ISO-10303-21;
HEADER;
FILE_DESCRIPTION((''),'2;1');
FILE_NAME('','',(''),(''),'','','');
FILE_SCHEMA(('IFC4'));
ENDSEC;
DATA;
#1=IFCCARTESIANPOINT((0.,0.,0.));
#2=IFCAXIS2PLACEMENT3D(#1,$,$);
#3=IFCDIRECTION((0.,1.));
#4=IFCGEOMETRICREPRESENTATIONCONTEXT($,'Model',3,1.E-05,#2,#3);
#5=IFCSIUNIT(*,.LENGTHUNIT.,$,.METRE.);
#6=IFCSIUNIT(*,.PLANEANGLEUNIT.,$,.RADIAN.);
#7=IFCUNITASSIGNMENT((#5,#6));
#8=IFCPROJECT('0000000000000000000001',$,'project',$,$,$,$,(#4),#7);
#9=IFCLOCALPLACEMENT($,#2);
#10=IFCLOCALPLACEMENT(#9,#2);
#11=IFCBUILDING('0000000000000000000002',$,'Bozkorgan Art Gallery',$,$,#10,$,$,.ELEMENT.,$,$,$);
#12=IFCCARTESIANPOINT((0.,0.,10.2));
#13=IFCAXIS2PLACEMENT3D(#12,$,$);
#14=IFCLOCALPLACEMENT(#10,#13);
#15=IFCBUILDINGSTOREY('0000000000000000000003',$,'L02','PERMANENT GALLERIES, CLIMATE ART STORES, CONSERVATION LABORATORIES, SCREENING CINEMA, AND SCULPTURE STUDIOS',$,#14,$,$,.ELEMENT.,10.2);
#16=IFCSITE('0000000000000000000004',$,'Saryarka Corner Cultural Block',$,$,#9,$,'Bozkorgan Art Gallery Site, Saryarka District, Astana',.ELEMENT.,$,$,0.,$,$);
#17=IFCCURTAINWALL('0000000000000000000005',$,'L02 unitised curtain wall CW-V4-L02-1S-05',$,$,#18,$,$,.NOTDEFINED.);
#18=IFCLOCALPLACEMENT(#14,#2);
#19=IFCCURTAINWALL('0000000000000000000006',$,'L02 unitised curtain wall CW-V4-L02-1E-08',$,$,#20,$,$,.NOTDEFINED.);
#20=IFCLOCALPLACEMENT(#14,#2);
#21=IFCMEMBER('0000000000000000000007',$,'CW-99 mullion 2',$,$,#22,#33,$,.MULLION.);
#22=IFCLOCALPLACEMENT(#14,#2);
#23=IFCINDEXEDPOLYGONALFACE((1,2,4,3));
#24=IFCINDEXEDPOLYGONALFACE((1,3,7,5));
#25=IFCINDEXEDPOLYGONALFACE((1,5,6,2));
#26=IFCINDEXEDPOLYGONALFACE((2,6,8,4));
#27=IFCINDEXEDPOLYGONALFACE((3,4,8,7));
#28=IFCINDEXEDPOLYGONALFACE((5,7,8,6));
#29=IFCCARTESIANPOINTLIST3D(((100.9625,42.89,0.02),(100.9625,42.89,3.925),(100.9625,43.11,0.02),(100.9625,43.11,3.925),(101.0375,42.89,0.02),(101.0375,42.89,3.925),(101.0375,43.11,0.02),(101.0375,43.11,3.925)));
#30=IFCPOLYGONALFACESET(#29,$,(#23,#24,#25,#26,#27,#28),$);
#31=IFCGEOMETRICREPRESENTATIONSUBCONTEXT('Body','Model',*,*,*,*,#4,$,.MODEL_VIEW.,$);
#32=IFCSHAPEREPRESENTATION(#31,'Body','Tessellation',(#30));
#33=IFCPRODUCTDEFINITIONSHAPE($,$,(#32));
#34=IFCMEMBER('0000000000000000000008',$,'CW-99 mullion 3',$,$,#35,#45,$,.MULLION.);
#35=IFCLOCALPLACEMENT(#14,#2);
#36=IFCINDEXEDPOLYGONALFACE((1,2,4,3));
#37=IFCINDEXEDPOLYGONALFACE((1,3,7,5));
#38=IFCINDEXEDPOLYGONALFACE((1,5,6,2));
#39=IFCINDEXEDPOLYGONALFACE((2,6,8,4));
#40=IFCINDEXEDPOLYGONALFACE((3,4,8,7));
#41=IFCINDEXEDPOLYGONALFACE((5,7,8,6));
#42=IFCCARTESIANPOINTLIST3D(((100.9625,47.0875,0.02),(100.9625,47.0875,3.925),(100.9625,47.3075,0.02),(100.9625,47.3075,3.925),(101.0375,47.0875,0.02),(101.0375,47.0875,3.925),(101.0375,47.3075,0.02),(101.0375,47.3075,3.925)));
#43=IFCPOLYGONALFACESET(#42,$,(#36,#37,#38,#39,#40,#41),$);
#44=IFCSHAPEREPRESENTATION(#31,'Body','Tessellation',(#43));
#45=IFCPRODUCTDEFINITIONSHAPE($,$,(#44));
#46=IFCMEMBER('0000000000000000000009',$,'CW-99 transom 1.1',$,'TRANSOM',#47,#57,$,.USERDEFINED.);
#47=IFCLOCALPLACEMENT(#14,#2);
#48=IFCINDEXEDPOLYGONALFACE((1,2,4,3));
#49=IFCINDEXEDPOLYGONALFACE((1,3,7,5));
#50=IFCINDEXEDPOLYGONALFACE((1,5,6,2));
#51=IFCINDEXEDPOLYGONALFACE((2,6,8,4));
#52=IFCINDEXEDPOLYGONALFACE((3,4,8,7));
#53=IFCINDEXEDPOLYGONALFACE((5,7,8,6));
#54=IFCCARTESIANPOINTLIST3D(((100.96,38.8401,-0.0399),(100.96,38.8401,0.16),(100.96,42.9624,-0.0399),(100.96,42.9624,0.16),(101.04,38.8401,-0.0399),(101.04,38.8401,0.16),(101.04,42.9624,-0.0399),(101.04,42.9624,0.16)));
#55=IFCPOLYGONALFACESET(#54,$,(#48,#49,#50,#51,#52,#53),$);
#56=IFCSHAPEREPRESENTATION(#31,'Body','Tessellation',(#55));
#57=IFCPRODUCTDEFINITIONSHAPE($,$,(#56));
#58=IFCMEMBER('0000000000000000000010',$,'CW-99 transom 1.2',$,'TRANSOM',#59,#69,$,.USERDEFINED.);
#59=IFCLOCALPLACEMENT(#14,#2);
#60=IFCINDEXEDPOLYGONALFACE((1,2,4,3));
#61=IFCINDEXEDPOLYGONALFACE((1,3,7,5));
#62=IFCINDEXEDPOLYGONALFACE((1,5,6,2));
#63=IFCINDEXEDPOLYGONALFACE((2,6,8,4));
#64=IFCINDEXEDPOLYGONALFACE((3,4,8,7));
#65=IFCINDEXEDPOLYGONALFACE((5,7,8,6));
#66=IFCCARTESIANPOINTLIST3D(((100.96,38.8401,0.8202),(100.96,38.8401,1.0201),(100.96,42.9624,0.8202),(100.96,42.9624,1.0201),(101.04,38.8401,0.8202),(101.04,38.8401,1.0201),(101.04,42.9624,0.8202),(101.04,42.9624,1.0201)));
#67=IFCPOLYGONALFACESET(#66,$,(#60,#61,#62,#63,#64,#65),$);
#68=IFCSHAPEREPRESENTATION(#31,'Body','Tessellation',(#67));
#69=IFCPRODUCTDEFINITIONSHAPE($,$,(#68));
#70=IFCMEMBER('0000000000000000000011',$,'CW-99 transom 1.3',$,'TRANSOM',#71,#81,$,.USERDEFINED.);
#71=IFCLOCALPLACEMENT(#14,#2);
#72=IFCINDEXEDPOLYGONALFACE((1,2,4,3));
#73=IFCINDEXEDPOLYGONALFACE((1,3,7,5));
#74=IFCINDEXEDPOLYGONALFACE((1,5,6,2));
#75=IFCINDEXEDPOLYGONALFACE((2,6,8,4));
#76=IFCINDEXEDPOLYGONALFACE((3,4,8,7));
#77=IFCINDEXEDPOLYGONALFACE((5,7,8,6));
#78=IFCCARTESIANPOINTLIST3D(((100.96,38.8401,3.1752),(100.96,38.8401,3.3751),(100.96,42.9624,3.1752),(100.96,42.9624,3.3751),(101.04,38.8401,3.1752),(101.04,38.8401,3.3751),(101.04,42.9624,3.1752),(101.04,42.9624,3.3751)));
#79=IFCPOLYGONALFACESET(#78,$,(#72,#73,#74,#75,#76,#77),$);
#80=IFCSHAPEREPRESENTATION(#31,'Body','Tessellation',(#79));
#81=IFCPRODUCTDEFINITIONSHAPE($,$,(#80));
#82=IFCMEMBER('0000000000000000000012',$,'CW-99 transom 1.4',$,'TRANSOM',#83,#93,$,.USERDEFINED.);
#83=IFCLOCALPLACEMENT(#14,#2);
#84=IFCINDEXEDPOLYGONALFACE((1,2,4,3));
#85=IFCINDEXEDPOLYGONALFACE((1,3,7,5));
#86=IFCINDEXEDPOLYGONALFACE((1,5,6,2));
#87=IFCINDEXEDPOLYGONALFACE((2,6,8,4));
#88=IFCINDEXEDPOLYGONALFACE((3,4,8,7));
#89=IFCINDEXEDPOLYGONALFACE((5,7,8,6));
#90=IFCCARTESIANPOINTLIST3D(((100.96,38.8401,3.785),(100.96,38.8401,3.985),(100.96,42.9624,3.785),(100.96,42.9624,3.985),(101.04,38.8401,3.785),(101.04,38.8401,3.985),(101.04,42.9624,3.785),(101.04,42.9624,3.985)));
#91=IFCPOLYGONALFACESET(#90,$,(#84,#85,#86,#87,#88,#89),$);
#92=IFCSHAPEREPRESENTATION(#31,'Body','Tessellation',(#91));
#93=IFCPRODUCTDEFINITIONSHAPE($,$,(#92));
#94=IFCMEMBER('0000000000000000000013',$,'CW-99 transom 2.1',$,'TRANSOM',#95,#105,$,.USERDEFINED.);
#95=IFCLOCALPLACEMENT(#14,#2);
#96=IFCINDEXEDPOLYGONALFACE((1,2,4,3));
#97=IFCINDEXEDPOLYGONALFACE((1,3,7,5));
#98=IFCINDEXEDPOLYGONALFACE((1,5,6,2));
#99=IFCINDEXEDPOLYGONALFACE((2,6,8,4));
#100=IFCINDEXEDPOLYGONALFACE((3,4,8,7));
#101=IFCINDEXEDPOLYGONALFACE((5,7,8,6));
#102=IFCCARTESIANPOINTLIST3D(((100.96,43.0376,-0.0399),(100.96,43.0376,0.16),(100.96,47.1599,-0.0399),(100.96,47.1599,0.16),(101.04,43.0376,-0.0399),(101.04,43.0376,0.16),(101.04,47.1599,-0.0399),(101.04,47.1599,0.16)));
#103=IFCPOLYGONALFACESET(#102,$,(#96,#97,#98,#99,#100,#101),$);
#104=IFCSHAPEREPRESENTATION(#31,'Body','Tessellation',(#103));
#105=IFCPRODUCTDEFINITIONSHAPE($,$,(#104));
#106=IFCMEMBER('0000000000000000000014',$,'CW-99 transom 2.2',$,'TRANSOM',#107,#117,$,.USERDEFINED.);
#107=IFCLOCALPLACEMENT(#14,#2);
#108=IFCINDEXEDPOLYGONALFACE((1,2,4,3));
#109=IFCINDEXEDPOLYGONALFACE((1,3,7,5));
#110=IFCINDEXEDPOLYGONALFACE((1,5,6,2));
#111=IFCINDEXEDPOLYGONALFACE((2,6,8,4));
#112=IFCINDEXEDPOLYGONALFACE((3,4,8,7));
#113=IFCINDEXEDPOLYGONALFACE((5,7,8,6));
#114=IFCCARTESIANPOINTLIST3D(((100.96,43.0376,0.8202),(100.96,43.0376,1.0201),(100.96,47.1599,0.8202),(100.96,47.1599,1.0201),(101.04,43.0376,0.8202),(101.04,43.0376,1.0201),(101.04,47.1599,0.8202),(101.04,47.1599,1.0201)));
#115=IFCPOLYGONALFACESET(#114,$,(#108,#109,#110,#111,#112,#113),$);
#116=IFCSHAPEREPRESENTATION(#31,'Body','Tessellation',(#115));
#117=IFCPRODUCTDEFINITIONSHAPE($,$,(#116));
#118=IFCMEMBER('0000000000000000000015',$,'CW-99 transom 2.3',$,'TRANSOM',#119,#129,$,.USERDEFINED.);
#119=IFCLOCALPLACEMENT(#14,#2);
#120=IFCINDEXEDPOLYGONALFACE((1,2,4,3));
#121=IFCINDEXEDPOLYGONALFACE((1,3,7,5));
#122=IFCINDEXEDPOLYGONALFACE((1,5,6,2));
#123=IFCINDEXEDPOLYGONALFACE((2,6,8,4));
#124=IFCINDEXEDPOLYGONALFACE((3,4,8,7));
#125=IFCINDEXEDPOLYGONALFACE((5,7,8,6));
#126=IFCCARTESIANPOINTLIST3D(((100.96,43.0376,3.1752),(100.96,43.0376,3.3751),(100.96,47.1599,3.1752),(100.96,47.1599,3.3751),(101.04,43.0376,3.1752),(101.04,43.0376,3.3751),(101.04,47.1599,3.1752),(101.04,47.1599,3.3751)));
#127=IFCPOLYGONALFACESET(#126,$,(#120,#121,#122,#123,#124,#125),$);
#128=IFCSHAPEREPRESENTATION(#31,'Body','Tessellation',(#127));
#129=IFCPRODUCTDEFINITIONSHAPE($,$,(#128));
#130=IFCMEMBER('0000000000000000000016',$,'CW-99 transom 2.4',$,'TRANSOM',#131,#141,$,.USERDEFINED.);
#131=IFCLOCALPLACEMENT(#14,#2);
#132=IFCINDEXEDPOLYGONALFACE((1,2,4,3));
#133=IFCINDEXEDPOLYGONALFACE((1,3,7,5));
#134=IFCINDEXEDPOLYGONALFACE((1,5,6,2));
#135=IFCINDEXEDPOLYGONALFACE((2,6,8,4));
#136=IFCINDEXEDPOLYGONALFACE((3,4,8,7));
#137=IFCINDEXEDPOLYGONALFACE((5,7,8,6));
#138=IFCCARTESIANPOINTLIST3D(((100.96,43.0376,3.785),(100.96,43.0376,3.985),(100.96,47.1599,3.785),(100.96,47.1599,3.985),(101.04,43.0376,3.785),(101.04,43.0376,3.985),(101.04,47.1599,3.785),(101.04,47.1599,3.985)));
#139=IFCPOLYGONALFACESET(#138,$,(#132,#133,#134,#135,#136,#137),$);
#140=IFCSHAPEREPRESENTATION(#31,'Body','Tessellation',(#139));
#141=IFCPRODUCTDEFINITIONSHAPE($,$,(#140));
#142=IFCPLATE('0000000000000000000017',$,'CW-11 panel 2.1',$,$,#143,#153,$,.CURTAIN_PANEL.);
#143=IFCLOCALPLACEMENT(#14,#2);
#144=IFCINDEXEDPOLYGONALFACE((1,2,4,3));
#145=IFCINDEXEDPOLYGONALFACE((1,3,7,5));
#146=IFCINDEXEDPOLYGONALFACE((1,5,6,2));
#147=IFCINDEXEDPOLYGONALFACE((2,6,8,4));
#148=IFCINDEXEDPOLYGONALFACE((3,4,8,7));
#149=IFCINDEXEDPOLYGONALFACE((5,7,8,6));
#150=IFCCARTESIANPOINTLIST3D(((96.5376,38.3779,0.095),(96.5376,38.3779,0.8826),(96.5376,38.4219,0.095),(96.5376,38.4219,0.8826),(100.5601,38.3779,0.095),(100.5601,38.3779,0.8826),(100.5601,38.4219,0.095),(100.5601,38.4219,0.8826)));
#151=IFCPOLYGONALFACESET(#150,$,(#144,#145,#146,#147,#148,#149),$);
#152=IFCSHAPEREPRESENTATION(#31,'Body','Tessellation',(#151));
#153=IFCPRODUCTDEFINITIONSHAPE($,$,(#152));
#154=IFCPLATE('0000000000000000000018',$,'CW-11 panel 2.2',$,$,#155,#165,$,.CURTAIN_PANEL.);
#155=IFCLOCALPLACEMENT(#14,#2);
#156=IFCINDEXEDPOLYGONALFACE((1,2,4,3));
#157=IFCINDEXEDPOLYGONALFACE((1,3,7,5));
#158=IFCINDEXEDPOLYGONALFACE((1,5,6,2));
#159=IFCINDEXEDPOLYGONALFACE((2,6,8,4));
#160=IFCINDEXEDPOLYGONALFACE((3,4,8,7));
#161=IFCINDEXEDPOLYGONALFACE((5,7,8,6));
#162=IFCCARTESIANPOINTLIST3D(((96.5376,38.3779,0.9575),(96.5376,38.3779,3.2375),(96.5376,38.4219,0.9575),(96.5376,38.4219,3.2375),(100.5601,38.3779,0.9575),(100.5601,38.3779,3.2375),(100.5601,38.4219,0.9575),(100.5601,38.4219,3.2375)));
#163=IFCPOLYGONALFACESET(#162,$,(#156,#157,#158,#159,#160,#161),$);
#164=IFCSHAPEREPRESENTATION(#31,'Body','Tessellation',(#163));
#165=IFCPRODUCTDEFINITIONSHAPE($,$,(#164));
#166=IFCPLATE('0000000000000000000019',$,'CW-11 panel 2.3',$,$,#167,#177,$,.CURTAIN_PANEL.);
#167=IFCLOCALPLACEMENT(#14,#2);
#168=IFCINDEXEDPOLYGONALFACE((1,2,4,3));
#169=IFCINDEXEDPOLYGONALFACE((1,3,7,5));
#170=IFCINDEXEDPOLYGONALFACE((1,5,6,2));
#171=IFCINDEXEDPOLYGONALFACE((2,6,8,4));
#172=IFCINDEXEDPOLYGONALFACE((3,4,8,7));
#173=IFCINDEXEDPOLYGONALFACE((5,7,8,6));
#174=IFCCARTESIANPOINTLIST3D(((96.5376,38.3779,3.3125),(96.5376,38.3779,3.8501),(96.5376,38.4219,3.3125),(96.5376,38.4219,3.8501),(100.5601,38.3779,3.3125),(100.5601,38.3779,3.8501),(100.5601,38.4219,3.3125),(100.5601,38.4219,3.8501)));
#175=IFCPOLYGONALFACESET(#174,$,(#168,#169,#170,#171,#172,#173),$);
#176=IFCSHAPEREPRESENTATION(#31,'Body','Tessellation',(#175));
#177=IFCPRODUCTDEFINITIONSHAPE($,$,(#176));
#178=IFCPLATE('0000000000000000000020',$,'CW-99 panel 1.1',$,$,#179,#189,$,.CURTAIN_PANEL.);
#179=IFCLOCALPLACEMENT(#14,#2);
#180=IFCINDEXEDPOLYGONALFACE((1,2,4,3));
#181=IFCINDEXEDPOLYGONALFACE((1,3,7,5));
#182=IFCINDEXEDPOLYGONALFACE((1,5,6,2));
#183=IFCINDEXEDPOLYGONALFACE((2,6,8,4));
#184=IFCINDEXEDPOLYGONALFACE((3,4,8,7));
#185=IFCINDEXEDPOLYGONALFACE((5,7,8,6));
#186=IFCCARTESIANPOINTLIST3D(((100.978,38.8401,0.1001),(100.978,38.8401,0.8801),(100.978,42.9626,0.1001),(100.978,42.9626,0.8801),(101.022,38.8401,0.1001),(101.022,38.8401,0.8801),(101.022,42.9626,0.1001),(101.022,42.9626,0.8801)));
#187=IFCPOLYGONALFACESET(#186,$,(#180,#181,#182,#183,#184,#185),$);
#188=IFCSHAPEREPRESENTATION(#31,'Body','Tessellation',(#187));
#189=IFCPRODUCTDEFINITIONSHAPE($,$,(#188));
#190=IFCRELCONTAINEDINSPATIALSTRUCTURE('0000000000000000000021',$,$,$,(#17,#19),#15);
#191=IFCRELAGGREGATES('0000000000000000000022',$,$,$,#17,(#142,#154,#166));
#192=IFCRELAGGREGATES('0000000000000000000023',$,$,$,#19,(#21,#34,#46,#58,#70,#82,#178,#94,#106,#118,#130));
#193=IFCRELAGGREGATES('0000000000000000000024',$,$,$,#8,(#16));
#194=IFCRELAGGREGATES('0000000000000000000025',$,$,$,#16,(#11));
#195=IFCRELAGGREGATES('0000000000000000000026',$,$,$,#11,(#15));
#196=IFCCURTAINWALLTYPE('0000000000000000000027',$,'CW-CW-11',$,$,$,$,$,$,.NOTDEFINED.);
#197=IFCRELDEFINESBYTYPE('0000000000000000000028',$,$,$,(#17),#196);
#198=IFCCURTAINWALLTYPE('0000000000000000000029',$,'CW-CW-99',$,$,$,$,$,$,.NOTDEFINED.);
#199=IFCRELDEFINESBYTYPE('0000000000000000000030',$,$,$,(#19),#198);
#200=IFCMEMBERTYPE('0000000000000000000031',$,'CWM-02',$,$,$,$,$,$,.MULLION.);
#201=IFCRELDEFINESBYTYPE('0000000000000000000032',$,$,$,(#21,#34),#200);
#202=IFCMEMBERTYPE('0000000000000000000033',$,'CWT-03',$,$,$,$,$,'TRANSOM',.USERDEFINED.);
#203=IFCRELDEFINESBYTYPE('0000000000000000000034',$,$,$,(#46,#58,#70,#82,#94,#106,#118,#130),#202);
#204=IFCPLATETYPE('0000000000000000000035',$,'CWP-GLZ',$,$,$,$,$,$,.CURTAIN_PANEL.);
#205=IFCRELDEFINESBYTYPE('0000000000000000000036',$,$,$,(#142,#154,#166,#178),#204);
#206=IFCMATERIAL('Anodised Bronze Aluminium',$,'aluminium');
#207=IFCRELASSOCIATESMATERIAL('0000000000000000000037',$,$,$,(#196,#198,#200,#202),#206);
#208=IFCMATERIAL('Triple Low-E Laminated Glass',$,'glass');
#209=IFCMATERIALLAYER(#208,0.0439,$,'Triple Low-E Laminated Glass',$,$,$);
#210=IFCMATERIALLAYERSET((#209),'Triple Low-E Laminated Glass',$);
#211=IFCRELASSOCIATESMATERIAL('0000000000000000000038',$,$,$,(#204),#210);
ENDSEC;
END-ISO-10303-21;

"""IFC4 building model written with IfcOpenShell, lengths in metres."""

from ifc_helpers import new_model, si_unit, direction, frame, origin, origin_2d, place, context, subcontext, project, spatial, rectangle, extrude, material, layer, layer_set, material_profile, profile_set, type_object, element, aggregate, save


model = new_model("IFC4")

# Units and contexts
model_context = context("Model", 3, precision=1e-05, world=origin(), true_north=direction((0.0, 1.0)))
body_context = subcontext(model_context, "Body", "Model", "MODEL_VIEW")
ifc_project = project(units=[si_unit("LENGTHUNIT", "METRE"), si_unit("PLANEANGLEUNIT", "RADIAN")], contexts=[model_context])

# Site, building, storey
site_placement = place(None, origin())
site = spatial("IfcSite", under=ifc_project, at=site_placement, Name="Saryarka Corner Cultural Block", LongName="Bozkorgan Art Gallery Site, Saryarka District, Astana", CompositionType="ELEMENT", RefElevation=0.0)
building_placement = place(site_placement, origin())
building = spatial("IfcBuilding", under=site, at=building_placement, Name="Bozkorgan Art Gallery", CompositionType="ELEMENT")
storey_placement = place(building_placement, frame((0.0, 0.0, 10.2)))
storey = spatial("IfcBuildingStorey", under=building, at=storey_placement, Name="L02", Description="PERMANENT GALLERIES, CLIMATE ART STORES, CONSERVATION LABORATORIES, SCREENING CINEMA, AND SCULPTURE STUDIOS", CompositionType="ELEMENT", Elevation=10.2)

# Curtain wall
ifc_material_1 = material(Name="Anodised Bronze Aluminium", Category="aluminium")
curtain_wall_type_1 = type_object("IfcCurtainWallType", Name="CW-CW-11", PredefinedType="NOTDEFINED", material=ifc_material_1)
curtain_wall_1_placement = place(storey_placement, origin())
curtain_wall_1 = element("IfcCurtainWall", 1, at=curtain_wall_1_placement, inside=storey, type_object=curtain_wall_type_1, Name="L02 unitised curtain wall CW-V4-L02-1S-05", PredefinedType="NOTDEFINED")
ifc_material_profile_1 = material_profile(ifc_material_1, rectangle(XDim=0.075, YDim=0.22, at=origin_2d()), Name="ALU MULLION 75x220")
ifc_profile_set_1 = profile_set([ifc_material_profile_1], Name="Anodised Bronze Aluminium")
member_type_1 = type_object("IfcMemberType", Name="CWM-02", PredefinedType="MULLION", material=ifc_profile_set_1)

# Curtain wall, members
curtain_wall_type_2 = type_object("IfcCurtainWallType", Name="CW-CW-99", PredefinedType="NOTDEFINED", material=ifc_material_1)
curtain_wall_2_placement = place(storey_placement, origin())
curtain_wall_2 = element("IfcCurtainWall", 2, at=curtain_wall_2_placement, inside=storey, type_object=curtain_wall_type_2, Name="L02 unitised curtain wall CW-V4-L02-1E-08", PredefinedType="NOTDEFINED")
member_1_placement = place(storey_placement, frame((101.0, 43.0, 0.02), z_axis=(0.0, 0.0, 1.0), x_axis=(-1.0, 0.0, 0.0)))
member_1 = element("IfcMember", 3, at=member_1_placement, type_object=member_type_1, Name="CW-99 mullion 2", PredefinedType="MULLION", context=body_context, shape_type="SweptSolid", body=[
    extrude(rectangle(XDim=0.075, YDim=0.22, at=origin_2d()), origin(), (0.0, 0.0, 1.0), 3.905),
])
member_2_placement = place(storey_placement, frame((101.0, 47.1975, 0.02), z_axis=(0.0, 0.0, 1.0), x_axis=(-1.0, 0.0, 0.0)))
member_2 = element("IfcMember", 4, at=member_2_placement, type_object=member_type_1, Name="CW-99 mullion 3", PredefinedType="MULLION", context=body_context, shape_type="SweptSolid", body=[
    extrude(rectangle(XDim=0.075, YDim=0.22, at=origin_2d()), origin(), (0.0, 0.0, 1.0), 3.905),
])
ifc_material_profile_2 = material_profile(ifc_material_1, rectangle(XDim=0.0801, YDim=0.2, at=origin_2d()), Name="ALU TRANSOM 80x200")
ifc_profile_set_2 = profile_set([ifc_material_profile_2], Name="Anodised Bronze Aluminium")
member_type_2 = type_object("IfcMemberType", Name="CWT-03", ElementType="TRANSOM", PredefinedType="USERDEFINED", material=ifc_profile_set_2)
member_3_placement = place(storey_placement, frame((101.0, 38.8401, 0.0601), z_axis=(0.0, 1.0, 0.0), x_axis=(-1.0, 0.0, 0.0)))
member_3 = element("IfcMember", 5, at=member_3_placement, type_object=member_type_2, Name="CW-99 transom 1.1", ObjectType="TRANSOM", PredefinedType="USERDEFINED", context=body_context, shape_type="SweptSolid", body=[
    extrude(rectangle(XDim=0.0801, YDim=0.2, at=origin_2d()), origin(), (0.0, 0.0, 1.0), 4.1223),
])
member_4_placement = place(storey_placement, frame((101.0, 38.8401, 0.9202), z_axis=(0.0, 1.0, 0.0), x_axis=(-1.0, 0.0, 0.0)))
member_4 = element("IfcMember", 6, at=member_4_placement, type_object=member_type_2, Name="CW-99 transom 1.2", ObjectType="TRANSOM", PredefinedType="USERDEFINED", context=body_context, shape_type="SweptSolid", body=[
    extrude(rectangle(XDim=0.0801, YDim=0.2, at=origin_2d()), origin(), (0.0, 0.0, 1.0), 4.1223),
])
member_5_placement = place(storey_placement, frame((101.0, 38.8401, 3.2751), z_axis=(0.0, 1.0, 0.0), x_axis=(-1.0, 0.0, 0.0)))
member_5 = element("IfcMember", 7, at=member_5_placement, type_object=member_type_2, Name="CW-99 transom 1.3", ObjectType="TRANSOM", PredefinedType="USERDEFINED", context=body_context, shape_type="SweptSolid", body=[
    extrude(rectangle(XDim=0.0801, YDim=0.2, at=origin_2d()), origin(), (0.0, 0.0, 1.0), 4.1223),
])
member_6_placement = place(storey_placement, frame((101.0, 38.8401, 3.885), z_axis=(0.0, 1.0, 0.0), x_axis=(-1.0, 0.0, 0.0)))
member_6 = element("IfcMember", 8, at=member_6_placement, type_object=member_type_2, Name="CW-99 transom 1.4", ObjectType="TRANSOM", PredefinedType="USERDEFINED", context=body_context, shape_type="SweptSolid", body=[
    extrude(rectangle(XDim=0.0801, YDim=0.2, at=origin_2d()), origin(), (0.0, 0.0, 1.0), 4.1223),
])
member_7_placement = place(storey_placement, frame((101.0, 43.0376, 0.0601), z_axis=(0.0, 1.0, 0.0), x_axis=(-1.0, 0.0, 0.0)))
member_7 = element("IfcMember", 9, at=member_7_placement, type_object=member_type_2, Name="CW-99 transom 2.1", ObjectType="TRANSOM", PredefinedType="USERDEFINED", context=body_context, shape_type="SweptSolid", body=[
    extrude(rectangle(XDim=0.0801, YDim=0.2, at=origin_2d()), origin(), (0.0, 0.0, 1.0), 4.1223),
])
member_8_placement = place(storey_placement, frame((101.0, 43.0376, 0.9202), z_axis=(0.0, 1.0, 0.0), x_axis=(-1.0, 0.0, 0.0)))
member_8 = element("IfcMember", 10, at=member_8_placement, type_object=member_type_2, Name="CW-99 transom 2.2", ObjectType="TRANSOM", PredefinedType="USERDEFINED", context=body_context, shape_type="SweptSolid", body=[
    extrude(rectangle(XDim=0.0801, YDim=0.2, at=origin_2d()), origin(), (0.0, 0.0, 1.0), 4.1223),
])
member_9_placement = place(storey_placement, frame((101.0, 43.0376, 3.2751), z_axis=(0.0, 1.0, 0.0), x_axis=(-1.0, 0.0, 0.0)))
member_9 = element("IfcMember", 11, at=member_9_placement, type_object=member_type_2, Name="CW-99 transom 2.3", ObjectType="TRANSOM", PredefinedType="USERDEFINED", context=body_context, shape_type="SweptSolid", body=[
    extrude(rectangle(XDim=0.0801, YDim=0.2, at=origin_2d()), origin(), (0.0, 0.0, 1.0), 4.1223),
])
member_10_placement = place(storey_placement, frame((101.0, 43.0376, 3.885), z_axis=(0.0, 1.0, 0.0), x_axis=(-1.0, 0.0, 0.0)))
member_10 = element("IfcMember", 12, at=member_10_placement, type_object=member_type_2, Name="CW-99 transom 2.4", ObjectType="TRANSOM", PredefinedType="USERDEFINED", context=body_context, shape_type="SweptSolid", body=[
    extrude(rectangle(XDim=0.0801, YDim=0.2, at=origin_2d()), origin(), (0.0, 0.0, 1.0), 4.1223),
])

# Plates
ifc_material_2 = material(Name="Triple Low-E Laminated Glass", Category="glass")
ifc_layer_1 = layer(ifc_material_2, 0.0439, Name="Triple Low-E Laminated Glass")
ifc_layer_set_1 = layer_set([ifc_layer_1], Name="Triple Low-E Laminated Glass")
plate_type = type_object("IfcPlateType", Name="CWP-GLZ", PredefinedType="CURTAIN_PANEL", material=ifc_layer_set_1)
plate_1_placement = place(storey_placement, frame((98.5488, 38.3999, 0.095), z_axis=(0.0, 0.0, 1.0), x_axis=(1.0, 0.0, 0.0)))
plate_1 = element("IfcPlate", 13, at=plate_1_placement, type_object=plate_type, Name="CW-11 panel 2.1", PredefinedType="CURTAIN_PANEL", context=body_context, shape_type="SweptSolid", body=[
    extrude(rectangle(XDim=4.0225, YDim=0.0439, at=origin_2d()), origin(), (0.0, 0.0, 1.0), 0.7876),
])
plate_2_placement = place(storey_placement, frame((98.5488, 38.3999, 0.9575), z_axis=(0.0, 0.0, 1.0), x_axis=(1.0, 0.0, 0.0)))
plate_2 = element("IfcPlate", 14, at=plate_2_placement, type_object=plate_type, Name="CW-11 panel 2.2", PredefinedType="CURTAIN_PANEL", context=body_context, shape_type="SweptSolid", body=[
    extrude(rectangle(XDim=4.0225, YDim=0.0439, at=origin_2d()), origin(), (0.0, 0.0, 1.0), 2.28),
])
plate_3_placement = place(storey_placement, frame((98.5488, 38.3999, 3.3125), z_axis=(0.0, 0.0, 1.0), x_axis=(1.0, 0.0, 0.0)))
plate_3 = element("IfcPlate", 15, at=plate_3_placement, type_object=plate_type, Name="CW-11 panel 2.3", PredefinedType="CURTAIN_PANEL", context=body_context, shape_type="SweptSolid", body=[
    extrude(rectangle(XDim=4.0225, YDim=0.0439, at=origin_2d()), origin(), (0.0, 0.0, 1.0), 0.5376),
])
aggregate(curtain_wall_1, [plate_1, plate_2, plate_3])
plate_4_placement = place(storey_placement, frame((101.0, 40.9014, 0.1001), z_axis=(0.0, 0.0, 1.0), x_axis=(0.0, 1.0, 0.0)))
plate_4 = element("IfcPlate", 16, at=plate_4_placement, type_object=plate_type, Name="CW-99 panel 1.1", PredefinedType="CURTAIN_PANEL", context=body_context, shape_type="SweptSolid", body=[
    extrude(rectangle(XDim=4.1226, YDim=0.0439, at=origin_2d()), origin(), (0.0, 0.0, 1.0), 0.78),
])
aggregate(curtain_wall_2, [member_1, member_2, member_3, member_4, member_5, member_6, plate_4, member_7, member_8, member_9, member_10])

save(model, "model.ifc")
